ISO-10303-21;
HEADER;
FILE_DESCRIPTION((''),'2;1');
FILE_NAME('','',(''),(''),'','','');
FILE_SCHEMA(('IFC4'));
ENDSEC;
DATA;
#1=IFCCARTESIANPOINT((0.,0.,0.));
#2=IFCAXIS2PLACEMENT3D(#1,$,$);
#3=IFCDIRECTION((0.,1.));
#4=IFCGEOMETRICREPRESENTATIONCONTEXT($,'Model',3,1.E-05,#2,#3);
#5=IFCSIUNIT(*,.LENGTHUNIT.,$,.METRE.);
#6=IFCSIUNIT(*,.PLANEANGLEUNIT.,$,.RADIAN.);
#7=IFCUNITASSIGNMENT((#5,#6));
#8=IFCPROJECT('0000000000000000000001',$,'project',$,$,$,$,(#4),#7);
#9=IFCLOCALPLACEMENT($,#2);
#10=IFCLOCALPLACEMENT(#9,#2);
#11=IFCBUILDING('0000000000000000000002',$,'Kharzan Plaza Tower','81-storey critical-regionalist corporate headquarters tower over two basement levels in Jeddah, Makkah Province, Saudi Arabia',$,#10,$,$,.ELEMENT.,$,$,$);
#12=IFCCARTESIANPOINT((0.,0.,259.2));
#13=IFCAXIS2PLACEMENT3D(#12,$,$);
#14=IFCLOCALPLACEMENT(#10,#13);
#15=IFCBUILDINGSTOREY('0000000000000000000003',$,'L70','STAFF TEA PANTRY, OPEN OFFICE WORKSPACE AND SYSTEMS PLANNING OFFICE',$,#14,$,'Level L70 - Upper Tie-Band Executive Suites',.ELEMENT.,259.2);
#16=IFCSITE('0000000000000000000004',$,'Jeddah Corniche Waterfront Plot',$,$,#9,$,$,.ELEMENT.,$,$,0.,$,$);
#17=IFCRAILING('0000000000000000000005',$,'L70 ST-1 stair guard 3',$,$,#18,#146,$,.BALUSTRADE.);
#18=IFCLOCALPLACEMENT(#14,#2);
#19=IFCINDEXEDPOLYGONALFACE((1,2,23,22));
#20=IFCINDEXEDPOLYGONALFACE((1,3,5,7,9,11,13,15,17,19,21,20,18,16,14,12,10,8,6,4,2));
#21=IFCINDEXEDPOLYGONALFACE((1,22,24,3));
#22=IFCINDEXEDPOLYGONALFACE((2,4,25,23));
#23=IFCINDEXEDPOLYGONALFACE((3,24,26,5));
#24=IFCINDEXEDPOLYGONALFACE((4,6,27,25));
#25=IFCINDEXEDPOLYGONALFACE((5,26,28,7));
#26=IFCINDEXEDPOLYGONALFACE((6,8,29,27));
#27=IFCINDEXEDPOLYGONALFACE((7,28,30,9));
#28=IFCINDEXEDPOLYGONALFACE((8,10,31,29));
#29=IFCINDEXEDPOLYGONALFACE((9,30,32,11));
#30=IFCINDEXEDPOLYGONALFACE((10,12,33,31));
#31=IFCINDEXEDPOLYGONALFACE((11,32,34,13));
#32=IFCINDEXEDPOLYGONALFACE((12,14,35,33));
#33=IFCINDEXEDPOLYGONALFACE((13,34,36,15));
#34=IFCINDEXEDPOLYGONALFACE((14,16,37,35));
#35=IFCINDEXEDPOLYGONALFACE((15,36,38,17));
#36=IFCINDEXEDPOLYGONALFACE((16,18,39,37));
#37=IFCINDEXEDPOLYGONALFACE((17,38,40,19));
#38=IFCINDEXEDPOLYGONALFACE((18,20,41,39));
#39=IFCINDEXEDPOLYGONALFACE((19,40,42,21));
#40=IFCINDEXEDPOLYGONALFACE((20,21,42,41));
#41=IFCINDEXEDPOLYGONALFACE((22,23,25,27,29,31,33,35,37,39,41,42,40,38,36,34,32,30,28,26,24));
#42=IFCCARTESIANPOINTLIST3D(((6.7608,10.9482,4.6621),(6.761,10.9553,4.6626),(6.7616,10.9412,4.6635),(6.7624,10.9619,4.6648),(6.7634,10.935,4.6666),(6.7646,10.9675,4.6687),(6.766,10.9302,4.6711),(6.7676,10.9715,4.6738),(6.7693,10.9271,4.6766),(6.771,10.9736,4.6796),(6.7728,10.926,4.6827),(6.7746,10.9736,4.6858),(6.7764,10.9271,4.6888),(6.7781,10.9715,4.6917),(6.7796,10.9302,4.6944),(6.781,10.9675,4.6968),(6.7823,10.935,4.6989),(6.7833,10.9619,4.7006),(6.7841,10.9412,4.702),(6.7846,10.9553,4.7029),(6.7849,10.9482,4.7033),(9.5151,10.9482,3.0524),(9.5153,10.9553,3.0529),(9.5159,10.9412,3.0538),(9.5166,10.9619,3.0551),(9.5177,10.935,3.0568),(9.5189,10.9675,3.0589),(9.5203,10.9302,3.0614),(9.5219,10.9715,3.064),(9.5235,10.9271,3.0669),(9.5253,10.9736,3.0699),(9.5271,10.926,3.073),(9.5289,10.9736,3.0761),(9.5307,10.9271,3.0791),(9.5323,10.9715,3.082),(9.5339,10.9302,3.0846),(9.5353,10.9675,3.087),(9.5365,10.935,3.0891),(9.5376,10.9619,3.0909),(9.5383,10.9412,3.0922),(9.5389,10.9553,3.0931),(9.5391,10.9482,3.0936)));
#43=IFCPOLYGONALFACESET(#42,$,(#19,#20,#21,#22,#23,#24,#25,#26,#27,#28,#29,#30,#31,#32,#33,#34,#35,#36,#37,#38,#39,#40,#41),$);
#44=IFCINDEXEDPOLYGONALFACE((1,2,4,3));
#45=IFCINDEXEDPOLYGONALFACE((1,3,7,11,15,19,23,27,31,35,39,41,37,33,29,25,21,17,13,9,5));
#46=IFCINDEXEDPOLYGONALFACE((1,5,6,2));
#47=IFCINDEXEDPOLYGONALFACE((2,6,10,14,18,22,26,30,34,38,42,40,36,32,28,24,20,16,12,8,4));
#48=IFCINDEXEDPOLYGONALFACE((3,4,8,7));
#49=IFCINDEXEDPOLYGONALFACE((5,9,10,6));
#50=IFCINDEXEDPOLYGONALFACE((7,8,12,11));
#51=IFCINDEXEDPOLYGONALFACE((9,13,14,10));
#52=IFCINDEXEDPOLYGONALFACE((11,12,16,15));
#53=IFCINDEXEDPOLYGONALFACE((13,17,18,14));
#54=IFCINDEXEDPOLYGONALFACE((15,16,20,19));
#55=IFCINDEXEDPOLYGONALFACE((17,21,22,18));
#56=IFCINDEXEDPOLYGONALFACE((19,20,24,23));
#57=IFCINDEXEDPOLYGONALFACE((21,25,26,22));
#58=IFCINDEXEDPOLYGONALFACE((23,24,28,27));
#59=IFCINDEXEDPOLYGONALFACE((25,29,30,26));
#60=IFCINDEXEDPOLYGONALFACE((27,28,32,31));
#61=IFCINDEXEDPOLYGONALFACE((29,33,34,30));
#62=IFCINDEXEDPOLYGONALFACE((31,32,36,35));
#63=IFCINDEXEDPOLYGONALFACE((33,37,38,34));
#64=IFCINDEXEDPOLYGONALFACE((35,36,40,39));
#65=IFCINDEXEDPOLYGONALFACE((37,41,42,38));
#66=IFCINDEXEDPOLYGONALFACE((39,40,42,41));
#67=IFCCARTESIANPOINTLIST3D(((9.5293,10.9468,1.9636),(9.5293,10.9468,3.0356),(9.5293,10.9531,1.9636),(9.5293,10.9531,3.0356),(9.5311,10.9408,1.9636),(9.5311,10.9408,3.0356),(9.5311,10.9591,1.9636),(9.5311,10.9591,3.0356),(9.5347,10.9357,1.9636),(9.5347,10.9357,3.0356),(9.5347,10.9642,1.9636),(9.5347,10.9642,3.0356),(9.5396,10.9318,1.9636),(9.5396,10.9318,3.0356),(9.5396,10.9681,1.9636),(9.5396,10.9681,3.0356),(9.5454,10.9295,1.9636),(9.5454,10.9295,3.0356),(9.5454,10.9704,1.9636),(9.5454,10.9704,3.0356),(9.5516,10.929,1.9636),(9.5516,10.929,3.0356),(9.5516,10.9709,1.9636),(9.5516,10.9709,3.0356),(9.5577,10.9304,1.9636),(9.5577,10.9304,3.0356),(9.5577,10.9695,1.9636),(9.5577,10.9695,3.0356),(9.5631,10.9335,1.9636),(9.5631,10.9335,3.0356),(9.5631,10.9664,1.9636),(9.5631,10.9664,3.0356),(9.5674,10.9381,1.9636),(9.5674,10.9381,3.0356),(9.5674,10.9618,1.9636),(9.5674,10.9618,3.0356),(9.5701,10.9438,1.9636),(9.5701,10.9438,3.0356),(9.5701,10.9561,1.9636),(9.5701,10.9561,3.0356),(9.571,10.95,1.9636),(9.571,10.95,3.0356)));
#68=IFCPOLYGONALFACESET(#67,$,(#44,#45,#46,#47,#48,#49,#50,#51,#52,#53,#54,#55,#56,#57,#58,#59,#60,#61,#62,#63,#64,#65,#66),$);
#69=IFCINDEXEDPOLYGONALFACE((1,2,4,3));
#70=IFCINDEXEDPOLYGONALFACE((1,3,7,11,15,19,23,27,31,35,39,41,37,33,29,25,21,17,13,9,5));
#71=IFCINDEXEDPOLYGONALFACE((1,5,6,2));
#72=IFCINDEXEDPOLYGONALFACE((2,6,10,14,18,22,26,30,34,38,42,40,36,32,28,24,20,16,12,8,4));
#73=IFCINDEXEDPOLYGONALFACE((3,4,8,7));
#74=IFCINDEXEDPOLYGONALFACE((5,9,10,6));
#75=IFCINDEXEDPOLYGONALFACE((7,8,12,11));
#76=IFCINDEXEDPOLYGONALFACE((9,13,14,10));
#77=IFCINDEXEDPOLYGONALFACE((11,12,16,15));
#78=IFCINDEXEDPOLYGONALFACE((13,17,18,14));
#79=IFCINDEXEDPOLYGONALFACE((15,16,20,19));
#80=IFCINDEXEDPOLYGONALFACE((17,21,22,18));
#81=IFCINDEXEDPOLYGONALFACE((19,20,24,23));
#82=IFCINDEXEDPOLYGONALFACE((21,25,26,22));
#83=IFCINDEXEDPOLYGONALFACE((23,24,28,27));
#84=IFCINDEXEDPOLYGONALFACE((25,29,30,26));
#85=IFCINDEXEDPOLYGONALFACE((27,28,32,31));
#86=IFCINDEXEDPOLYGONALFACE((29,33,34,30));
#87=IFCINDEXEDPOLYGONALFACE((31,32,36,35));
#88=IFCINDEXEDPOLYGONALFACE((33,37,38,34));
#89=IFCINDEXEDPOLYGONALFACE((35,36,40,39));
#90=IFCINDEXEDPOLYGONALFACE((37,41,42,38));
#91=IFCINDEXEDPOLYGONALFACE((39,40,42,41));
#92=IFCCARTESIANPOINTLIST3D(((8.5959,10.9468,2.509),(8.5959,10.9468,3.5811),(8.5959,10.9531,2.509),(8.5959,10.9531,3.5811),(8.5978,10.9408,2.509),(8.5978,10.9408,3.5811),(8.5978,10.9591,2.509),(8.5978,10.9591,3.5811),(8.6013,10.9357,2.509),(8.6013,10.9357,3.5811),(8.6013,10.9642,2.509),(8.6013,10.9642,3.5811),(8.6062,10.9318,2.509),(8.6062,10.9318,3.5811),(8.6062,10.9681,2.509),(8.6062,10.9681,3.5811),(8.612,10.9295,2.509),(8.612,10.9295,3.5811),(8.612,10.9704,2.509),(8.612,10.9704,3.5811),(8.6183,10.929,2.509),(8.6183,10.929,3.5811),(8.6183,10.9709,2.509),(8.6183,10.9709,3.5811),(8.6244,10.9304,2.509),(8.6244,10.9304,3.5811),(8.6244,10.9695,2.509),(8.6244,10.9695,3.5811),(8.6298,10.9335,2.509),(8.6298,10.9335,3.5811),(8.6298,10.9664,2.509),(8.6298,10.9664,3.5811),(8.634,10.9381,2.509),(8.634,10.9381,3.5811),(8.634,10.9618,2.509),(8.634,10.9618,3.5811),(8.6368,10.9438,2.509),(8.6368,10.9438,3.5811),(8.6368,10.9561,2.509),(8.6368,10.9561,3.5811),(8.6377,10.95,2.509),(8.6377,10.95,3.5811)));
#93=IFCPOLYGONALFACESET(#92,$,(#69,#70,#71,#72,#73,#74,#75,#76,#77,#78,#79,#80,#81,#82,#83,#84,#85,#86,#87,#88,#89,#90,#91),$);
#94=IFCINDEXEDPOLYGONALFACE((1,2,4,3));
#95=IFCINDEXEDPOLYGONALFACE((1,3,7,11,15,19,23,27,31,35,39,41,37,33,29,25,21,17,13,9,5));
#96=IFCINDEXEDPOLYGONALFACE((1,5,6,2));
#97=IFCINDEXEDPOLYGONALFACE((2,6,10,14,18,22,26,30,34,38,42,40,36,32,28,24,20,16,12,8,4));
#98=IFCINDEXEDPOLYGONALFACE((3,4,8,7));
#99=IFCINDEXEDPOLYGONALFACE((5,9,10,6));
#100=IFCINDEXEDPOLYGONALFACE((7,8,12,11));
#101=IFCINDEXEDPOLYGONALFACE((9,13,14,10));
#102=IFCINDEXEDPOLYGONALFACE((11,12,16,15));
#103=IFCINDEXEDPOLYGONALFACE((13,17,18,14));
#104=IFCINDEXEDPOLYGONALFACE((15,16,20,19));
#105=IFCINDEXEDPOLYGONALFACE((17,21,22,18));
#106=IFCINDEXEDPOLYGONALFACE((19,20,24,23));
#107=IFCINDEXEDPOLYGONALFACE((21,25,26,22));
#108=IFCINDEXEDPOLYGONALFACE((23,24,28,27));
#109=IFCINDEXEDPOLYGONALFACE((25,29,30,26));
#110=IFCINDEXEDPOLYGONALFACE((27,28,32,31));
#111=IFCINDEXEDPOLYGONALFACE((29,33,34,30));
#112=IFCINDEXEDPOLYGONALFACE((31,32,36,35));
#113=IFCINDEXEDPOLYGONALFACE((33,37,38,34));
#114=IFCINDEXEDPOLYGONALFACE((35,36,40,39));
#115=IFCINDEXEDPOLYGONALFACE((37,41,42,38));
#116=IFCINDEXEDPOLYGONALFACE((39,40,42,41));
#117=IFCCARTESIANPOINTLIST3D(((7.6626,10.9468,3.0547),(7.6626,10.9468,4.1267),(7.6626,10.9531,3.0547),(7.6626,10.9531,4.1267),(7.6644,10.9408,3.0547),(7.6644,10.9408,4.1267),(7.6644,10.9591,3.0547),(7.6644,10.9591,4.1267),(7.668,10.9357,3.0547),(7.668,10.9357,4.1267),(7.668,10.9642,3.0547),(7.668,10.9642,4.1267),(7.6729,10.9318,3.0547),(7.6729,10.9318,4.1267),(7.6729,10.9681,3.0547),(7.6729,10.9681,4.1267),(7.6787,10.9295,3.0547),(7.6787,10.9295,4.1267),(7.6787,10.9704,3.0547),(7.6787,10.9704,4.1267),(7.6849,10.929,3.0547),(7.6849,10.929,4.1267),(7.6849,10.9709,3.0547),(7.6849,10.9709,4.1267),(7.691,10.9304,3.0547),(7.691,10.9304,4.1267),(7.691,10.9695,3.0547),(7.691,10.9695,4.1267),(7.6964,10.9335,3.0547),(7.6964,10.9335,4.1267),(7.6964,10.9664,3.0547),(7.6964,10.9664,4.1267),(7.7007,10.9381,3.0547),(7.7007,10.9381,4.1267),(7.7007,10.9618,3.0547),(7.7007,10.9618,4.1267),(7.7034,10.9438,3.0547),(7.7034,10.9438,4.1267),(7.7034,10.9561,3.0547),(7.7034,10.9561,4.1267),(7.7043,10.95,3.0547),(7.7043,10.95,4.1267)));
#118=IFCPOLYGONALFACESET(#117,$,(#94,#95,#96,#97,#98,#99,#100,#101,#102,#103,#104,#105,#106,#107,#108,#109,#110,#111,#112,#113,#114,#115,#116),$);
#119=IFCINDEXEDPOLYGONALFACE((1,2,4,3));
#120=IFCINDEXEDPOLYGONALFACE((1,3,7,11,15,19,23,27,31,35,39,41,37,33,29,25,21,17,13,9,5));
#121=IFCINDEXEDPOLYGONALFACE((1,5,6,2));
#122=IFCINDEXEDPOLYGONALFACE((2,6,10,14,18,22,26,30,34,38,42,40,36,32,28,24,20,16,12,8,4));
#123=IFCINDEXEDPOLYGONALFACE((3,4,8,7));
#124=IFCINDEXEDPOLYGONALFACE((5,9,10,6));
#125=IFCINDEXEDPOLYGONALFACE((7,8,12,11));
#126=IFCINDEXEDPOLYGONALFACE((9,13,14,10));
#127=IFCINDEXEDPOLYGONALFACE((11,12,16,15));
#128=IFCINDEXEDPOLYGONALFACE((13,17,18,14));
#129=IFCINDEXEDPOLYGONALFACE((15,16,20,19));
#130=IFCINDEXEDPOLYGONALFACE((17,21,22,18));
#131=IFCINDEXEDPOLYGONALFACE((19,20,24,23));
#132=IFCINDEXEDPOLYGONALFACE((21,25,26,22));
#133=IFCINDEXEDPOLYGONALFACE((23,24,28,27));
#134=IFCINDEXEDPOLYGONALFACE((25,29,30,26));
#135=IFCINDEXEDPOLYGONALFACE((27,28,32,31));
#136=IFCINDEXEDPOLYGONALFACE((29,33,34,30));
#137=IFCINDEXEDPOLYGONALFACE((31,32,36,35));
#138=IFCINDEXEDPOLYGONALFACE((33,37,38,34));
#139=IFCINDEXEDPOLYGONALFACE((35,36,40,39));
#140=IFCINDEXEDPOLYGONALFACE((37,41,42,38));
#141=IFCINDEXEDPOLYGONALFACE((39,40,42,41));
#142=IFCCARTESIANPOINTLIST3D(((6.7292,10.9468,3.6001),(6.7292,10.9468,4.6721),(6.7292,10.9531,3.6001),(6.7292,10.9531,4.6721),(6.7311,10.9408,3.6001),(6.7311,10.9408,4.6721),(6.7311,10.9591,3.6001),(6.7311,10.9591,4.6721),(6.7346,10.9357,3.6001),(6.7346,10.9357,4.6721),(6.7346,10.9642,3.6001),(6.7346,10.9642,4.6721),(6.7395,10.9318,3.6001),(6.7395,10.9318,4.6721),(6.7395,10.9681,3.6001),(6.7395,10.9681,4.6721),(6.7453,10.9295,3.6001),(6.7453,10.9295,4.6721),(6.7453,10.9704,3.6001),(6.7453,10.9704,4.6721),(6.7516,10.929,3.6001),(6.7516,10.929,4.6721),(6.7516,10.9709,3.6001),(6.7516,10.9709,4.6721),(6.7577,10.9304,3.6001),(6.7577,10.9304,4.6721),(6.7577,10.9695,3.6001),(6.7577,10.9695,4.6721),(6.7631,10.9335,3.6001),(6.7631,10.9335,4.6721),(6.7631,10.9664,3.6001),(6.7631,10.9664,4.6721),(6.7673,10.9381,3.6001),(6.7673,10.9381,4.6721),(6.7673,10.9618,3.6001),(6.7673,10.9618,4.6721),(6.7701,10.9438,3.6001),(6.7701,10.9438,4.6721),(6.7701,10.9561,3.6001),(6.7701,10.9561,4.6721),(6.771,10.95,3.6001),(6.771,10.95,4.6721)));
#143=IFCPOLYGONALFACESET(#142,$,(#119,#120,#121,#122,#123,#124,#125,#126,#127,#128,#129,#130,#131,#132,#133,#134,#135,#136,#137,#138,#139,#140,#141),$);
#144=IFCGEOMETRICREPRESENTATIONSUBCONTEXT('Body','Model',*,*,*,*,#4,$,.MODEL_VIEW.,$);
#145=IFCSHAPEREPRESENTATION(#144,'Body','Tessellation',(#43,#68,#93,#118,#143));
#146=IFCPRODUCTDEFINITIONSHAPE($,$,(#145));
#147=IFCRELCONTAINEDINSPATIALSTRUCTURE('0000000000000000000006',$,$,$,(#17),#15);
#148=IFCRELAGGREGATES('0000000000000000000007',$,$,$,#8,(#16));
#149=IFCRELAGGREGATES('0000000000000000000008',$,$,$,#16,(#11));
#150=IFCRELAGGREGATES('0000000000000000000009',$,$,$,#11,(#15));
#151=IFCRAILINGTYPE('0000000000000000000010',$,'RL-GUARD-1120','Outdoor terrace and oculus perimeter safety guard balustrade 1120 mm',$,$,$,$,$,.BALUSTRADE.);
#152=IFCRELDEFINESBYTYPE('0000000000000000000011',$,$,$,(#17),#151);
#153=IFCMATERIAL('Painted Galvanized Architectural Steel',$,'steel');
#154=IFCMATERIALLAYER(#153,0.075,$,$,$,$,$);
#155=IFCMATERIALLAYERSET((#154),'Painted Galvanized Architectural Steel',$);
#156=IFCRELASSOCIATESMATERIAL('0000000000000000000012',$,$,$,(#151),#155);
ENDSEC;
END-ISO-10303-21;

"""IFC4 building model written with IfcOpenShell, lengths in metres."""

from ifc_helpers import new_model, si_unit, direction, frame, origin, origin_2d, place, context, subcontext, project, spatial, circle, extrude, source, transform, mapped, material, layer, layer_set, type_object, element, save


model = new_model("IFC4")

# Units and contexts
model_context = context("Model", 3, precision=1e-05, world=origin(), true_north=direction((0.0, 1.0)))
body_context = subcontext(model_context, "Body", "Model", "MODEL_VIEW")
ifc_project = project(units=[si_unit("LENGTHUNIT", "METRE"), si_unit("PLANEANGLEUNIT", "RADIAN")], contexts=[model_context])

# Site, building, storey
site_placement = place(None, origin())
site = spatial("IfcSite", under=ifc_project, at=site_placement, Name="Jeddah Corniche Waterfront Plot", CompositionType="ELEMENT", RefElevation=0.0)
building_placement = place(site_placement, origin())
building = spatial("IfcBuilding", under=site, at=building_placement, Name="Kharzan Plaza Tower", Description="81-storey critical-regionalist corporate headquarters tower over two basement levels in Jeddah, Makkah Province, Saudi Arabia", CompositionType="ELEMENT")
storey_placement = place(building_placement, frame((0.0, 0.0, 259.2)))
storey = spatial("IfcBuildingStorey", under=building, at=storey_placement, Name="L70", Description="STAFF TEA PANTRY, OPEN OFFICE WORKSPACE AND SYSTEMS PLANNING OFFICE", LongName="Level L70 - Upper Tie-Band Executive Suites", CompositionType="ELEMENT", Elevation=259.2)

# Railing
ifc_material_1 = material(Name="Painted Galvanized Architectural Steel", Category="steel")
ifc_layer_1 = layer(ifc_material_1, 0.075)
ifc_layer_set_1 = layer_set([ifc_layer_1], Name="Painted Galvanized Architectural Steel")
railing_type_1 = type_object("IfcRailingType", Name="RL-GUARD-1120", Description="Outdoor terrace and oculus perimeter safety guard balustrade 1120 mm", PredefinedType="BALUSTRADE", material=ifc_layer_set_1)
shared_shape_1 = source(origin(), body_context, "Body", "SweptSolid", [
    extrude(circle(Radius=0.0239, at=origin_2d()), frame((-0.0229, 0.0, 1.1094), z_axis=(-0.863361, 0.0, 0.504587), x_axis=(0.0, -1.0, 0.0)), (0.0, 0.0, 1.0), 3.1902),
    extrude(circle(Radius=0.021, at=origin_2d()), origin(), (0.0, 0.0, 1.0), 1.072),
    extrude(circle(Radius=0.021, at=origin_2d()), frame((-0.9333, 0.0, 0.5454)), (0.0, 0.0, 1.0), 1.072),
    extrude(circle(Radius=0.021, at=origin_2d()), frame((-1.8667, 0.0, 1.0911)), (0.0, 0.0, 1.0), 1.072),
    extrude(circle(Radius=0.021, at=origin_2d()), frame((-2.8, 0.0, 1.6365)), (0.0, 0.0, 1.0), 1.072),
])
railing_1_placement = place(storey_placement, frame((9.55, 10.95, 1.9636)))
element("IfcRailing", 1, at=railing_1_placement, inside=storey, type_object=railing_type_1, Name="L70 ST-1 stair guard 3", PredefinedType="BALUSTRADE", context=body_context, shape_type="MappedRepresentation", body=[
    mapped(shared_shape_1, transform((0.0, 0.0, 0.0), x_axis=(1.0, 0.0, 0.0), y_axis=(0.0, 1.0, 0.0), z_axis=(0.0, 0.0, 1.0))),
])

save(model, "model.ifc")
